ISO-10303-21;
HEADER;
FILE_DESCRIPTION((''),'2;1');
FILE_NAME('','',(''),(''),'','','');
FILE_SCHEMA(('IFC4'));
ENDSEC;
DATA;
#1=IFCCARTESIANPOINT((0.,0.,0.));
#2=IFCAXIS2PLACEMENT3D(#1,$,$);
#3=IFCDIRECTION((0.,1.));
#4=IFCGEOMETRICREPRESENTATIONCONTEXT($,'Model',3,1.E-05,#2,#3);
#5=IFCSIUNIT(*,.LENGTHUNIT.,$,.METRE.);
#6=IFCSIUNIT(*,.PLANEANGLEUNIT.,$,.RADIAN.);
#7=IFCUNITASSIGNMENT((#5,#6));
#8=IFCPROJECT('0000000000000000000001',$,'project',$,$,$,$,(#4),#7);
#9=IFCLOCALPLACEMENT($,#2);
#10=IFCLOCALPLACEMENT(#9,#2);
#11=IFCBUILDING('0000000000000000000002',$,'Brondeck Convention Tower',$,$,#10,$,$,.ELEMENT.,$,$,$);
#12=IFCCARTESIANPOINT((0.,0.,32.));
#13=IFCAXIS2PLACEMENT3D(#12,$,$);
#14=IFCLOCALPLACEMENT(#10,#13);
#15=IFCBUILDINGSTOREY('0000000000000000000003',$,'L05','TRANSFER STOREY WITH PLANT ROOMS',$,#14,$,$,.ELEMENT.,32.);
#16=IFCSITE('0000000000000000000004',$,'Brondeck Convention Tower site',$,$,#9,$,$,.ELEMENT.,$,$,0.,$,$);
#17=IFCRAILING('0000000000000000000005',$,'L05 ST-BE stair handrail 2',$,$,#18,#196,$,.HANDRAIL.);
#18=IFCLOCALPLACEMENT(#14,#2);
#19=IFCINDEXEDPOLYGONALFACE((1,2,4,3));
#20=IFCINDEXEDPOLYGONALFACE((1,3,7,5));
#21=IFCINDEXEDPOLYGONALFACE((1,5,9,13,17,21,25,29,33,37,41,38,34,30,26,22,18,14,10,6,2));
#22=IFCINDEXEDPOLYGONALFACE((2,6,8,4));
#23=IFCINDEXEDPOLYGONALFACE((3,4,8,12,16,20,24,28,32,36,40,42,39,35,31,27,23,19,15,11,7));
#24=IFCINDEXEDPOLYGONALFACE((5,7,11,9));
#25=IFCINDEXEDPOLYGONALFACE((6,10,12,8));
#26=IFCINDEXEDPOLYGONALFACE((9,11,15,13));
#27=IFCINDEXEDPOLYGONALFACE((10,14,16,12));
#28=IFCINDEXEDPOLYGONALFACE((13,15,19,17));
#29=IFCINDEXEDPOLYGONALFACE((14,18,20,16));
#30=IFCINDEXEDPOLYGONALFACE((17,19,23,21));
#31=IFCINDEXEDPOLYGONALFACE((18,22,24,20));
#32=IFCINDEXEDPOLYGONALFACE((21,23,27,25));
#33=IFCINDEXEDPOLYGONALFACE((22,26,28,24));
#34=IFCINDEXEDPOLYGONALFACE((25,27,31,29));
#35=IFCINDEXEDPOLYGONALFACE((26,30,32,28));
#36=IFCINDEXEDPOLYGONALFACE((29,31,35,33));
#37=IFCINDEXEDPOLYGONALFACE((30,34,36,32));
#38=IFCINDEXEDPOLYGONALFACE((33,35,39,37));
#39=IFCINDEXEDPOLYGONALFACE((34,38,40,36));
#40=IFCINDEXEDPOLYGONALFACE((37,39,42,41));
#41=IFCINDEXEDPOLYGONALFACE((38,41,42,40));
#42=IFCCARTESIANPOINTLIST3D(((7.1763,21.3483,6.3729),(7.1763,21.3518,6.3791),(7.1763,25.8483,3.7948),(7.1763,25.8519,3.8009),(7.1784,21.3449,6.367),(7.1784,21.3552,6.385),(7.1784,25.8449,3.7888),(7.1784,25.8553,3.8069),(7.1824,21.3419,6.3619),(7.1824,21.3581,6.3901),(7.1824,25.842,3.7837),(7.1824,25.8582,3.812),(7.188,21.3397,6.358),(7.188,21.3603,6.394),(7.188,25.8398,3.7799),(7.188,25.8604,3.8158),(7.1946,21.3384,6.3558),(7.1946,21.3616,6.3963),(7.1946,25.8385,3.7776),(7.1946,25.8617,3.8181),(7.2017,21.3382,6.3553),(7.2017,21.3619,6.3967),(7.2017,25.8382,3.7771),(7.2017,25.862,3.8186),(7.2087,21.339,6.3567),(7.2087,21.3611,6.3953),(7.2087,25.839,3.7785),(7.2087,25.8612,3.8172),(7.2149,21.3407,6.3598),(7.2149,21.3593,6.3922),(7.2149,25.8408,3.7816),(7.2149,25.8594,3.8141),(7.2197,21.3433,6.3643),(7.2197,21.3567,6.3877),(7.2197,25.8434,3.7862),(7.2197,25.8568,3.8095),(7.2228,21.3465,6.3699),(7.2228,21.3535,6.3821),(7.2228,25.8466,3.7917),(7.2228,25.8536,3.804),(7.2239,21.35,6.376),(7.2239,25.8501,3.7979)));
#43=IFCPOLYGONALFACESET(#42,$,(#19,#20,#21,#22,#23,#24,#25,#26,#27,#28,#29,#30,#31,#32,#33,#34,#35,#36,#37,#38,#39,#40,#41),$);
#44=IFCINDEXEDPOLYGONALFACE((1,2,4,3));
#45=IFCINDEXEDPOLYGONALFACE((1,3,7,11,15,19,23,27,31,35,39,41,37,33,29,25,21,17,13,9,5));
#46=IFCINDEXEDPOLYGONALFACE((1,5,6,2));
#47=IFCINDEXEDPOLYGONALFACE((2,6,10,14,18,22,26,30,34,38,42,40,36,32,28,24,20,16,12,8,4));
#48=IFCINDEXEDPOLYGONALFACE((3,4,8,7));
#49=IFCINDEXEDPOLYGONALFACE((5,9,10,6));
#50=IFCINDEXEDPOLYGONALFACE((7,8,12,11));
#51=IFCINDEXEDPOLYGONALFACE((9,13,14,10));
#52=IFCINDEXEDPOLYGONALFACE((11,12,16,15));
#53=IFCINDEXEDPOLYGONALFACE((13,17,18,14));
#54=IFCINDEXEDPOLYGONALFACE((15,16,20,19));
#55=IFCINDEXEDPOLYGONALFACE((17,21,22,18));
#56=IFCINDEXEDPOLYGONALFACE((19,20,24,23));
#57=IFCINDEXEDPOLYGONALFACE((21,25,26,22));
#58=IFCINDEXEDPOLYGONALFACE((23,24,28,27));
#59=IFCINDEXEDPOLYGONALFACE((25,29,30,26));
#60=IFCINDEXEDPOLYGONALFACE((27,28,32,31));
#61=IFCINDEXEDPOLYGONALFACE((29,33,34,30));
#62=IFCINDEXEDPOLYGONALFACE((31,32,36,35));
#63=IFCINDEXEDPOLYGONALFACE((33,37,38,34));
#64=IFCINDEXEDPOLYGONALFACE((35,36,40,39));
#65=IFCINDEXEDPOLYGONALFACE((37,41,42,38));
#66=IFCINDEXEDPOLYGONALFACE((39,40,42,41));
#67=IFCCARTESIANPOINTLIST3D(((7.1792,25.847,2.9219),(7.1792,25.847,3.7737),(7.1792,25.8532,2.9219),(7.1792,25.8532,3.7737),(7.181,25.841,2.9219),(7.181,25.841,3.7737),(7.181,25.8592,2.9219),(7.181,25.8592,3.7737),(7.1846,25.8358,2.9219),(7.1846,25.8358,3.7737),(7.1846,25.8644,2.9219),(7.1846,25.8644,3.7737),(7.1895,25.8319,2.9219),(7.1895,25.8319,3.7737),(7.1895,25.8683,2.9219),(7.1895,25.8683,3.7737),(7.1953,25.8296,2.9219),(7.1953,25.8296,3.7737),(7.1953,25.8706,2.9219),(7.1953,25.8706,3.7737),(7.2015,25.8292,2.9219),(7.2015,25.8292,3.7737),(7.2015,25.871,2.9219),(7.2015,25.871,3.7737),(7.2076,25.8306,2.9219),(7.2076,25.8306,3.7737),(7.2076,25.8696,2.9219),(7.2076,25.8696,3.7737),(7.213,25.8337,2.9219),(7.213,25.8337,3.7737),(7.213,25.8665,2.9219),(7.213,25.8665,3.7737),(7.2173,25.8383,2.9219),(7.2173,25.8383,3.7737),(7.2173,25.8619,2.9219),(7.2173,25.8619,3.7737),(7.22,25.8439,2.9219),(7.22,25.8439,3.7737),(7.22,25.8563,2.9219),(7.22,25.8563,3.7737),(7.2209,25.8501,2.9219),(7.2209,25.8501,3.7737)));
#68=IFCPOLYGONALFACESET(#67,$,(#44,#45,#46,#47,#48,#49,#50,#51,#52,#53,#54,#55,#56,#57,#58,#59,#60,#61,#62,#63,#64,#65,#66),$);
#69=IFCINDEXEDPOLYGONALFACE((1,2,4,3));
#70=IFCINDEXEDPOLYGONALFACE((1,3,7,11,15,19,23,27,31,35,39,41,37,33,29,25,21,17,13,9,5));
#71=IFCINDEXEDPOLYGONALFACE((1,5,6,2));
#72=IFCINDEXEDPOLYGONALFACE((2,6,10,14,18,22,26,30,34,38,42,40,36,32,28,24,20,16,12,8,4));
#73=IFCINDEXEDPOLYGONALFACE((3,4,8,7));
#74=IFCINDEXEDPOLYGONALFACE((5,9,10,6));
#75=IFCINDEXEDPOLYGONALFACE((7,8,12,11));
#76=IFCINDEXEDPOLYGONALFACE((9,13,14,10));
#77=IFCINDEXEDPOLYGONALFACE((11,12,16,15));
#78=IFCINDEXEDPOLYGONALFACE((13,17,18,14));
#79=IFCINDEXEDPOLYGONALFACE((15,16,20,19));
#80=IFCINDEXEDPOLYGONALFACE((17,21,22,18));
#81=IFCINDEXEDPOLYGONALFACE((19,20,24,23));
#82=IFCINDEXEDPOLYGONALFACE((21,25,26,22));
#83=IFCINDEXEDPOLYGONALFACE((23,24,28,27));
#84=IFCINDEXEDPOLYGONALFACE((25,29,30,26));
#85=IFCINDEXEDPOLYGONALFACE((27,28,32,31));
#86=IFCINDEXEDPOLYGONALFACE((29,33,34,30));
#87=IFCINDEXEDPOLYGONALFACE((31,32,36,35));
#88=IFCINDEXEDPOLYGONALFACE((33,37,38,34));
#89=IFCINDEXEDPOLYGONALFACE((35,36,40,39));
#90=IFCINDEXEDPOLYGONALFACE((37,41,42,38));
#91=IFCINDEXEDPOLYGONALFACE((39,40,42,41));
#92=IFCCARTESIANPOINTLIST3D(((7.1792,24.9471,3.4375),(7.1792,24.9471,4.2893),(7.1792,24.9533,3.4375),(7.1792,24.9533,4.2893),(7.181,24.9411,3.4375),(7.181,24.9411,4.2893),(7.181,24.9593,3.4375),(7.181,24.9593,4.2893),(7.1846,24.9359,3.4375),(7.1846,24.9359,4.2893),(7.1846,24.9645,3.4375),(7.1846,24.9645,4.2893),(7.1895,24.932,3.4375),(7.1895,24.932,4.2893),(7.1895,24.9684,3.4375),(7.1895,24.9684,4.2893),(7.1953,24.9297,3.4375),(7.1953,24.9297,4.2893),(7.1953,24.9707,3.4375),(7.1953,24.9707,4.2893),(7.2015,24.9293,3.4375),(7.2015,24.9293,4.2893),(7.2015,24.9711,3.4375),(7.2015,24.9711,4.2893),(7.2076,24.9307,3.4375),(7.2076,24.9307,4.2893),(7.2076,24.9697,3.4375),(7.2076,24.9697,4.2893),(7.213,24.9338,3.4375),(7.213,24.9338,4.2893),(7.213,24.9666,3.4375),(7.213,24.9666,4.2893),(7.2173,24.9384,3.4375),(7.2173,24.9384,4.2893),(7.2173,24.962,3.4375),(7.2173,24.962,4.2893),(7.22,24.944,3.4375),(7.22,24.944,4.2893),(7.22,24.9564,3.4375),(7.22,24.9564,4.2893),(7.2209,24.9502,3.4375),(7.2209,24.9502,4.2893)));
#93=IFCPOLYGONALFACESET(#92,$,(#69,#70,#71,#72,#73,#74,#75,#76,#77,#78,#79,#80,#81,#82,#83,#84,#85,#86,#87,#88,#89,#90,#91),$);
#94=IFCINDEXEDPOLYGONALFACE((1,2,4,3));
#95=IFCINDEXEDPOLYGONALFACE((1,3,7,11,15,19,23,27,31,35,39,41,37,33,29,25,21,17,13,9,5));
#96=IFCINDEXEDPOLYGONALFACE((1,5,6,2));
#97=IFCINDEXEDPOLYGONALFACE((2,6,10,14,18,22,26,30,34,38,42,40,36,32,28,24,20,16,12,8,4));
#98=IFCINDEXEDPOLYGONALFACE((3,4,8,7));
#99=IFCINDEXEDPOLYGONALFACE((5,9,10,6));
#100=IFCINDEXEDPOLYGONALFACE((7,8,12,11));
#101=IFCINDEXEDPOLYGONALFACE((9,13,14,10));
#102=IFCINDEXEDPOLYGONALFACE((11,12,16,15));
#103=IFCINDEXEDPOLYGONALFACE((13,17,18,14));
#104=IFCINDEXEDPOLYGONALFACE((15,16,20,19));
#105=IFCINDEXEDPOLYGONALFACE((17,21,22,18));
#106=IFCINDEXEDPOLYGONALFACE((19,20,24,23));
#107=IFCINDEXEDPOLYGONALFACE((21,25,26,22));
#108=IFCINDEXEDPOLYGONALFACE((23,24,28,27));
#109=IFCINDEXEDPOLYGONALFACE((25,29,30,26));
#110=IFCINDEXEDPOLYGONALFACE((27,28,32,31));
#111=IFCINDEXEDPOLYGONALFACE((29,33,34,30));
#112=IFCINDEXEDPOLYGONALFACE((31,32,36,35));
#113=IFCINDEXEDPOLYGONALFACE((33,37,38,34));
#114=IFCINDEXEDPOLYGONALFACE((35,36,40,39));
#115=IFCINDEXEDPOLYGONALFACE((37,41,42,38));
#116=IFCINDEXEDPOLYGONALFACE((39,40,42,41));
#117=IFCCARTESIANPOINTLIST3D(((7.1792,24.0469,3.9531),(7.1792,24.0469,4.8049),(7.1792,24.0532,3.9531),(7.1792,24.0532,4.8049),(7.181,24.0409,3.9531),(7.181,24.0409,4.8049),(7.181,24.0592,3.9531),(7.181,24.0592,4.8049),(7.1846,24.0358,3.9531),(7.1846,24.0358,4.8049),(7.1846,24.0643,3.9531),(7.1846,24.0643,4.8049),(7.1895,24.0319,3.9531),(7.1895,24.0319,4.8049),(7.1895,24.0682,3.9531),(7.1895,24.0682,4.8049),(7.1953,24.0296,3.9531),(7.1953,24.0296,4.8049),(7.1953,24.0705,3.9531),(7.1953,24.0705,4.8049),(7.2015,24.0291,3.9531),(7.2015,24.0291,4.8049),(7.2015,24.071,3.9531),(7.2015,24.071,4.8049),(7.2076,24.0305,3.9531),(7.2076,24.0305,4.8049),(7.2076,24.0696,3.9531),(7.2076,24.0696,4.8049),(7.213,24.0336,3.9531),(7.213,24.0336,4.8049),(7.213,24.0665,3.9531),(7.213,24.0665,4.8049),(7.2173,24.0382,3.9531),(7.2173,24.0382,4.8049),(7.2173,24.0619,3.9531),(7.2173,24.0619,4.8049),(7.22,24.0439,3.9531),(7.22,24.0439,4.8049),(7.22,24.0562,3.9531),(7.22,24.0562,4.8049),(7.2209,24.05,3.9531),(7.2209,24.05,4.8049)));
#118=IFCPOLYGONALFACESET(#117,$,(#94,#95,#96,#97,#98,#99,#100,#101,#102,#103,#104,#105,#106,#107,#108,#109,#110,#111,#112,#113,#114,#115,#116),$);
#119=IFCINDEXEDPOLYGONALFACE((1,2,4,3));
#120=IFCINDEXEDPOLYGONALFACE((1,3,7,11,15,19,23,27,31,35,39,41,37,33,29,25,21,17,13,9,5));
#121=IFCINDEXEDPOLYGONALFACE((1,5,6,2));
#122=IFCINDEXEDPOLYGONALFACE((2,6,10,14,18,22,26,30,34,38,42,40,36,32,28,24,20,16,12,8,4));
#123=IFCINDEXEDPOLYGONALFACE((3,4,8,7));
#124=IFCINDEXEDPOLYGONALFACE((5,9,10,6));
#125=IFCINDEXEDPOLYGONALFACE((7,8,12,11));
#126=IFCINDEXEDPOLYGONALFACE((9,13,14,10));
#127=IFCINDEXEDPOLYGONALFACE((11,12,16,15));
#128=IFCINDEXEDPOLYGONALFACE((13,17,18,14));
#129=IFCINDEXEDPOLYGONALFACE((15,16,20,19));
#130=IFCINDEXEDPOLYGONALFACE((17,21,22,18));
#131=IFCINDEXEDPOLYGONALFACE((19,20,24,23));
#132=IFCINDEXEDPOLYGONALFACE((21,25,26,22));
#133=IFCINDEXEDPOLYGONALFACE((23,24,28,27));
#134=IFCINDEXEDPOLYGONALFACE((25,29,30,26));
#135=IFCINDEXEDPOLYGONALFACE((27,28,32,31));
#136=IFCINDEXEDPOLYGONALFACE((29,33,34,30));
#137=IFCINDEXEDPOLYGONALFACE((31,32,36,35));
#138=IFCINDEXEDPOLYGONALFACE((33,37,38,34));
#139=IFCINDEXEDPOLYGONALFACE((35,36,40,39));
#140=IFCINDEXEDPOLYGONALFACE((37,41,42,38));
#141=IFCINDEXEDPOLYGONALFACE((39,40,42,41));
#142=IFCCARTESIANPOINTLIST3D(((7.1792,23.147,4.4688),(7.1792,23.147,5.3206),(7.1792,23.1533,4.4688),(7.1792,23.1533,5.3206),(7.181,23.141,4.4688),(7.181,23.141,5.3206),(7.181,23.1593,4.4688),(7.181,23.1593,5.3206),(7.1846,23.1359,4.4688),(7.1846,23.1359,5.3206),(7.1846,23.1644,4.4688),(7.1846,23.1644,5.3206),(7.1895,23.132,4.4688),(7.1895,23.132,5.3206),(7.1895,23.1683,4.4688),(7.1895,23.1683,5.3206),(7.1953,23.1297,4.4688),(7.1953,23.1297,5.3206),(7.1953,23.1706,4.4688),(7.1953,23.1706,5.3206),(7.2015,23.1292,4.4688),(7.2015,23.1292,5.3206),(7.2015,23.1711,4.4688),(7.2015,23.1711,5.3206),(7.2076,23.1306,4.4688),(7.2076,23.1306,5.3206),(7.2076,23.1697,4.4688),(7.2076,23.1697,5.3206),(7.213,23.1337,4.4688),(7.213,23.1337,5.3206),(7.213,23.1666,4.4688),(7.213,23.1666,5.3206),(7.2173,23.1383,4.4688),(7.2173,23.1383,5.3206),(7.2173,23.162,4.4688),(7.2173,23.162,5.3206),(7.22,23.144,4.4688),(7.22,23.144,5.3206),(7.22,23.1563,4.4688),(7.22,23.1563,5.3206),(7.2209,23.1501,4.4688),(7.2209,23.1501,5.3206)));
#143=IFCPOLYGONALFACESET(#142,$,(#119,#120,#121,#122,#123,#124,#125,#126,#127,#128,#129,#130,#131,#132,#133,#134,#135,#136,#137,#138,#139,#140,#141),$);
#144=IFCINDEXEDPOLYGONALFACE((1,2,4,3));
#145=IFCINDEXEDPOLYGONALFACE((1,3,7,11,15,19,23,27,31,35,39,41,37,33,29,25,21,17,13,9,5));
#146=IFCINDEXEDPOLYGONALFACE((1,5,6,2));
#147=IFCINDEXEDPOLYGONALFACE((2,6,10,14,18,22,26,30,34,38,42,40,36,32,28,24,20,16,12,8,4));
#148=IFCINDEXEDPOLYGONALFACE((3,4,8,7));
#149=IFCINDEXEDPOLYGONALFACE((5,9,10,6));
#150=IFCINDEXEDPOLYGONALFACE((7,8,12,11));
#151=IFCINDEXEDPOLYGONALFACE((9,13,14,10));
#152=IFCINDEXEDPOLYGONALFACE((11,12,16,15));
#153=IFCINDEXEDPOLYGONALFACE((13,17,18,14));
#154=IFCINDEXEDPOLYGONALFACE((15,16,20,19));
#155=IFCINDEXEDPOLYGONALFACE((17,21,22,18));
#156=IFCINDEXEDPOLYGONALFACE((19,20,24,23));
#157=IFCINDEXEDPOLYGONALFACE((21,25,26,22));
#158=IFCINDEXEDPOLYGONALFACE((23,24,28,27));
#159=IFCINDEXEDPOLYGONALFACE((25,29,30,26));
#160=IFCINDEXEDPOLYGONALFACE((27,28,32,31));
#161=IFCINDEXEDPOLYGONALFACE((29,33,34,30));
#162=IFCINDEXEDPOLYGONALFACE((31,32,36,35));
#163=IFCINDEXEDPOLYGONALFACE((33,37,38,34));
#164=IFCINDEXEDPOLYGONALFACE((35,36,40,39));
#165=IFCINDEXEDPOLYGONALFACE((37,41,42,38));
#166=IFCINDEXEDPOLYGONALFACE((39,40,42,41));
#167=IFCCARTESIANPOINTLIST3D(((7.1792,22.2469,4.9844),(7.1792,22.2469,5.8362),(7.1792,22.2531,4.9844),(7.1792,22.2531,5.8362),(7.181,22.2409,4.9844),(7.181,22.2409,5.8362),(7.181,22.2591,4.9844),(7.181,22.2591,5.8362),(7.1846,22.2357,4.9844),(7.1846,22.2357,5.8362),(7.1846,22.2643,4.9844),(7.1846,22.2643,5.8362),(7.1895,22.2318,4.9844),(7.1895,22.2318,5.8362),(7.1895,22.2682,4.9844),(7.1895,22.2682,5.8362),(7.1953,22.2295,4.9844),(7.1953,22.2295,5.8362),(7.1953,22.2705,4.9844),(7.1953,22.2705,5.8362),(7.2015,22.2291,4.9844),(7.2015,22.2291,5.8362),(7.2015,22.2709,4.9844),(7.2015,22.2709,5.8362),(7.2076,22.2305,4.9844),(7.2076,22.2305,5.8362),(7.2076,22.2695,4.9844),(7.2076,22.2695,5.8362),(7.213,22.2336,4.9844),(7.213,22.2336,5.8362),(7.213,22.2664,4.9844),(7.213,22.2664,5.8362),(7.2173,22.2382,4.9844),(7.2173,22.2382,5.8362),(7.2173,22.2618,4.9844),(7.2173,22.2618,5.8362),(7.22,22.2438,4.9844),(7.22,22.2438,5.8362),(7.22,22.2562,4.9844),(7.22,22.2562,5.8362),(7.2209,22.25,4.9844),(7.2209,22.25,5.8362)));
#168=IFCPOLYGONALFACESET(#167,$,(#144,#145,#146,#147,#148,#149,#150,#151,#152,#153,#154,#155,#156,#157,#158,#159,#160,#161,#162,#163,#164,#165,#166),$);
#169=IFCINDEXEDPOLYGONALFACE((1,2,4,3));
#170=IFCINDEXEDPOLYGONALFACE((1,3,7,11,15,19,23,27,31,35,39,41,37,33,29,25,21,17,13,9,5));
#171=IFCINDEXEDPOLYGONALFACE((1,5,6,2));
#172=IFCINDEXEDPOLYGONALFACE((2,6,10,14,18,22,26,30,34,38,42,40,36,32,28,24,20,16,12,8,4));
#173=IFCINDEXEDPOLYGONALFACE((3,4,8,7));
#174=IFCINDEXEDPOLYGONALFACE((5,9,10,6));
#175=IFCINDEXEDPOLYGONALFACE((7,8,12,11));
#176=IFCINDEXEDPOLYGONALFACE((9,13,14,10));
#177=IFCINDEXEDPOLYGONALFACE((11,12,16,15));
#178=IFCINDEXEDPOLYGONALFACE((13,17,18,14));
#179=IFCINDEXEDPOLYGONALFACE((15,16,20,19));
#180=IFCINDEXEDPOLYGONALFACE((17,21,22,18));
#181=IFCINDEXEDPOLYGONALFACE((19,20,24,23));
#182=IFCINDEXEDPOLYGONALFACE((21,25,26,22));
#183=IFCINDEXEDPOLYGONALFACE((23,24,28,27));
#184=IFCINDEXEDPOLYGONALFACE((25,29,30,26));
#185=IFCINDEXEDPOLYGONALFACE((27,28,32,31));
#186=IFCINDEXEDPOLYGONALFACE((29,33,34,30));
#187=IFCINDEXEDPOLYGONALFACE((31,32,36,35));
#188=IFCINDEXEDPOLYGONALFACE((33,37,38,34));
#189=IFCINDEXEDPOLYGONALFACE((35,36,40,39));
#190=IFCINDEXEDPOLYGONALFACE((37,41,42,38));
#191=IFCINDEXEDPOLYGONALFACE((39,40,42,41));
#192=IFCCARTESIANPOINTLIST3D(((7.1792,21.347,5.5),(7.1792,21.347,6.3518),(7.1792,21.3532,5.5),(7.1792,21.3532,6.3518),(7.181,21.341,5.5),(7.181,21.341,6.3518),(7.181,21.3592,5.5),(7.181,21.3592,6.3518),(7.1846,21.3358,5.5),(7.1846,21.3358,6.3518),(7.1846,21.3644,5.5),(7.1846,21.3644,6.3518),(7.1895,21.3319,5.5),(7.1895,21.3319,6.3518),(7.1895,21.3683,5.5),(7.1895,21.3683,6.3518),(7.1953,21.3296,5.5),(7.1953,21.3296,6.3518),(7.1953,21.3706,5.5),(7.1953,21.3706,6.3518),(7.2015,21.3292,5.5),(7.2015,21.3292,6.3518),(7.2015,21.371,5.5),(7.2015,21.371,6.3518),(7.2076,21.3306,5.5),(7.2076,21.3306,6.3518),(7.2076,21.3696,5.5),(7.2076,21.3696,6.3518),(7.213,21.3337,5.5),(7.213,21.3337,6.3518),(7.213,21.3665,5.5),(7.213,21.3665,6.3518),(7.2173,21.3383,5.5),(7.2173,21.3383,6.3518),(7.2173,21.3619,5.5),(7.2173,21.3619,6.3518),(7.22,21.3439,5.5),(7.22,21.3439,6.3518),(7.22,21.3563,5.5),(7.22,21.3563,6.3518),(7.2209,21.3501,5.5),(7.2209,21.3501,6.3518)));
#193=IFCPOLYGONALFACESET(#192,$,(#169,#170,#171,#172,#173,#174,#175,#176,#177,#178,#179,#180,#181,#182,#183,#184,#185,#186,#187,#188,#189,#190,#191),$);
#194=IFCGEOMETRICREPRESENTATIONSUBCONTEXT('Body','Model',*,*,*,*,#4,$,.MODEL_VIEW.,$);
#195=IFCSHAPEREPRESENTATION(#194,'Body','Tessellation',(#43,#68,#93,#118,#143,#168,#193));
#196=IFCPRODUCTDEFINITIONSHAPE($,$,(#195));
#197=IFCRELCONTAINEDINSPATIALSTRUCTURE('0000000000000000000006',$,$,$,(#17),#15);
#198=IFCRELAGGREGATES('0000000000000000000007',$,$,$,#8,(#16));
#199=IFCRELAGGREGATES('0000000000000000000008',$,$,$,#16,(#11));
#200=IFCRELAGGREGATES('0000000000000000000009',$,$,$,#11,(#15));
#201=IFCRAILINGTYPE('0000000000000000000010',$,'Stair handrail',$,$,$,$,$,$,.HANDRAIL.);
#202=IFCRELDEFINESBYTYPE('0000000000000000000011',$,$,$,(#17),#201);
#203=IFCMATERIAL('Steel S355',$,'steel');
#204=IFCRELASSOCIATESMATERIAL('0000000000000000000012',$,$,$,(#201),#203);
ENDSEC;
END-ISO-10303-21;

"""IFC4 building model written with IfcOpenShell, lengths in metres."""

from ifc_helpers import new_model, si_unit, direction, frame, origin, origin_2d, place, context, subcontext, project, spatial, circle, extrude, material, type_object, element, save


model = new_model("IFC4")

# Units and contexts
model_context = context("Model", 3, precision=1e-05, world=origin(), true_north=direction((0.0, 1.0)))
body_context = subcontext(model_context, "Body", "Model", "MODEL_VIEW")
ifc_project = project(units=[si_unit("LENGTHUNIT", "METRE"), si_unit("PLANEANGLEUNIT", "RADIAN")], contexts=[model_context])

# Site, building, storey
site_placement = place(None, origin())
site = spatial("IfcSite", under=ifc_project, at=site_placement, Name="Brondeck Convention Tower site", CompositionType="ELEMENT", RefElevation=0.0)
building_placement = place(site_placement, origin())
building = spatial("IfcBuilding", under=site, at=building_placement, Name="Brondeck Convention Tower", CompositionType="ELEMENT")
storey_placement = place(building_placement, frame((0.0, 0.0, 32.0)))
storey = spatial("IfcBuildingStorey", under=building, at=storey_placement, Name="L05", Description="TRANSFER STOREY WITH PLANT ROOMS", CompositionType="ELEMENT", Elevation=32.0)

# Railing
ifc_material_1 = material(Name="Steel S355", Category="steel")
railing_type_1 = type_object("IfcRailingType", Name="Stair handrail", PredefinedType="HANDRAIL", material=ifc_material_1)
for number, where, name in (
    (1, (7.2, 25.8501, 2.9219), "L05 ST-BE stair handrail 2"),
):
    element("IfcRailing", number, at=place(storey_placement, frame(where)), inside=storey, type_object=railing_type_1, Name=name, PredefinedType="HANDRAIL", context=body_context, shape_type="SweptSolid", body=[
        extrude(circle(Radius=0.0239, at=origin_2d()), frame((0.0, 0.0, 0.876), z_axis=(0.0, -0.867686, 0.497112), x_axis=(1.0, 0.0, 0.0)), (0.0, 0.0, 1.0), 5.1863),
        extrude(circle(Radius=0.021, at=origin_2d()), origin(), (0.0, 0.0, 1.0), 0.8518),
        extrude(circle(Radius=0.021, at=origin_2d()), frame((0.0, -0.8999, 0.5156)), (0.0, 0.0, 1.0), 0.8518),
        extrude(circle(Radius=0.021, at=origin_2d()), frame((0.0, -1.8, 1.0312)), (0.0, 0.0, 1.0), 0.8518),
        extrude(circle(Radius=0.021, at=origin_2d()), frame((0.0, -2.7, 1.5469)), (0.0, 0.0, 1.0), 0.8518),
        extrude(circle(Radius=0.021, at=origin_2d()), frame((0.0, -3.6001, 2.0625)), (0.0, 0.0, 1.0), 0.8518),
        extrude(circle(Radius=0.021, at=origin_2d()), frame((0.0, -4.5, 2.5781)), (0.0, 0.0, 1.0), 0.8518),
    ])

save(model, "model.ifc")
